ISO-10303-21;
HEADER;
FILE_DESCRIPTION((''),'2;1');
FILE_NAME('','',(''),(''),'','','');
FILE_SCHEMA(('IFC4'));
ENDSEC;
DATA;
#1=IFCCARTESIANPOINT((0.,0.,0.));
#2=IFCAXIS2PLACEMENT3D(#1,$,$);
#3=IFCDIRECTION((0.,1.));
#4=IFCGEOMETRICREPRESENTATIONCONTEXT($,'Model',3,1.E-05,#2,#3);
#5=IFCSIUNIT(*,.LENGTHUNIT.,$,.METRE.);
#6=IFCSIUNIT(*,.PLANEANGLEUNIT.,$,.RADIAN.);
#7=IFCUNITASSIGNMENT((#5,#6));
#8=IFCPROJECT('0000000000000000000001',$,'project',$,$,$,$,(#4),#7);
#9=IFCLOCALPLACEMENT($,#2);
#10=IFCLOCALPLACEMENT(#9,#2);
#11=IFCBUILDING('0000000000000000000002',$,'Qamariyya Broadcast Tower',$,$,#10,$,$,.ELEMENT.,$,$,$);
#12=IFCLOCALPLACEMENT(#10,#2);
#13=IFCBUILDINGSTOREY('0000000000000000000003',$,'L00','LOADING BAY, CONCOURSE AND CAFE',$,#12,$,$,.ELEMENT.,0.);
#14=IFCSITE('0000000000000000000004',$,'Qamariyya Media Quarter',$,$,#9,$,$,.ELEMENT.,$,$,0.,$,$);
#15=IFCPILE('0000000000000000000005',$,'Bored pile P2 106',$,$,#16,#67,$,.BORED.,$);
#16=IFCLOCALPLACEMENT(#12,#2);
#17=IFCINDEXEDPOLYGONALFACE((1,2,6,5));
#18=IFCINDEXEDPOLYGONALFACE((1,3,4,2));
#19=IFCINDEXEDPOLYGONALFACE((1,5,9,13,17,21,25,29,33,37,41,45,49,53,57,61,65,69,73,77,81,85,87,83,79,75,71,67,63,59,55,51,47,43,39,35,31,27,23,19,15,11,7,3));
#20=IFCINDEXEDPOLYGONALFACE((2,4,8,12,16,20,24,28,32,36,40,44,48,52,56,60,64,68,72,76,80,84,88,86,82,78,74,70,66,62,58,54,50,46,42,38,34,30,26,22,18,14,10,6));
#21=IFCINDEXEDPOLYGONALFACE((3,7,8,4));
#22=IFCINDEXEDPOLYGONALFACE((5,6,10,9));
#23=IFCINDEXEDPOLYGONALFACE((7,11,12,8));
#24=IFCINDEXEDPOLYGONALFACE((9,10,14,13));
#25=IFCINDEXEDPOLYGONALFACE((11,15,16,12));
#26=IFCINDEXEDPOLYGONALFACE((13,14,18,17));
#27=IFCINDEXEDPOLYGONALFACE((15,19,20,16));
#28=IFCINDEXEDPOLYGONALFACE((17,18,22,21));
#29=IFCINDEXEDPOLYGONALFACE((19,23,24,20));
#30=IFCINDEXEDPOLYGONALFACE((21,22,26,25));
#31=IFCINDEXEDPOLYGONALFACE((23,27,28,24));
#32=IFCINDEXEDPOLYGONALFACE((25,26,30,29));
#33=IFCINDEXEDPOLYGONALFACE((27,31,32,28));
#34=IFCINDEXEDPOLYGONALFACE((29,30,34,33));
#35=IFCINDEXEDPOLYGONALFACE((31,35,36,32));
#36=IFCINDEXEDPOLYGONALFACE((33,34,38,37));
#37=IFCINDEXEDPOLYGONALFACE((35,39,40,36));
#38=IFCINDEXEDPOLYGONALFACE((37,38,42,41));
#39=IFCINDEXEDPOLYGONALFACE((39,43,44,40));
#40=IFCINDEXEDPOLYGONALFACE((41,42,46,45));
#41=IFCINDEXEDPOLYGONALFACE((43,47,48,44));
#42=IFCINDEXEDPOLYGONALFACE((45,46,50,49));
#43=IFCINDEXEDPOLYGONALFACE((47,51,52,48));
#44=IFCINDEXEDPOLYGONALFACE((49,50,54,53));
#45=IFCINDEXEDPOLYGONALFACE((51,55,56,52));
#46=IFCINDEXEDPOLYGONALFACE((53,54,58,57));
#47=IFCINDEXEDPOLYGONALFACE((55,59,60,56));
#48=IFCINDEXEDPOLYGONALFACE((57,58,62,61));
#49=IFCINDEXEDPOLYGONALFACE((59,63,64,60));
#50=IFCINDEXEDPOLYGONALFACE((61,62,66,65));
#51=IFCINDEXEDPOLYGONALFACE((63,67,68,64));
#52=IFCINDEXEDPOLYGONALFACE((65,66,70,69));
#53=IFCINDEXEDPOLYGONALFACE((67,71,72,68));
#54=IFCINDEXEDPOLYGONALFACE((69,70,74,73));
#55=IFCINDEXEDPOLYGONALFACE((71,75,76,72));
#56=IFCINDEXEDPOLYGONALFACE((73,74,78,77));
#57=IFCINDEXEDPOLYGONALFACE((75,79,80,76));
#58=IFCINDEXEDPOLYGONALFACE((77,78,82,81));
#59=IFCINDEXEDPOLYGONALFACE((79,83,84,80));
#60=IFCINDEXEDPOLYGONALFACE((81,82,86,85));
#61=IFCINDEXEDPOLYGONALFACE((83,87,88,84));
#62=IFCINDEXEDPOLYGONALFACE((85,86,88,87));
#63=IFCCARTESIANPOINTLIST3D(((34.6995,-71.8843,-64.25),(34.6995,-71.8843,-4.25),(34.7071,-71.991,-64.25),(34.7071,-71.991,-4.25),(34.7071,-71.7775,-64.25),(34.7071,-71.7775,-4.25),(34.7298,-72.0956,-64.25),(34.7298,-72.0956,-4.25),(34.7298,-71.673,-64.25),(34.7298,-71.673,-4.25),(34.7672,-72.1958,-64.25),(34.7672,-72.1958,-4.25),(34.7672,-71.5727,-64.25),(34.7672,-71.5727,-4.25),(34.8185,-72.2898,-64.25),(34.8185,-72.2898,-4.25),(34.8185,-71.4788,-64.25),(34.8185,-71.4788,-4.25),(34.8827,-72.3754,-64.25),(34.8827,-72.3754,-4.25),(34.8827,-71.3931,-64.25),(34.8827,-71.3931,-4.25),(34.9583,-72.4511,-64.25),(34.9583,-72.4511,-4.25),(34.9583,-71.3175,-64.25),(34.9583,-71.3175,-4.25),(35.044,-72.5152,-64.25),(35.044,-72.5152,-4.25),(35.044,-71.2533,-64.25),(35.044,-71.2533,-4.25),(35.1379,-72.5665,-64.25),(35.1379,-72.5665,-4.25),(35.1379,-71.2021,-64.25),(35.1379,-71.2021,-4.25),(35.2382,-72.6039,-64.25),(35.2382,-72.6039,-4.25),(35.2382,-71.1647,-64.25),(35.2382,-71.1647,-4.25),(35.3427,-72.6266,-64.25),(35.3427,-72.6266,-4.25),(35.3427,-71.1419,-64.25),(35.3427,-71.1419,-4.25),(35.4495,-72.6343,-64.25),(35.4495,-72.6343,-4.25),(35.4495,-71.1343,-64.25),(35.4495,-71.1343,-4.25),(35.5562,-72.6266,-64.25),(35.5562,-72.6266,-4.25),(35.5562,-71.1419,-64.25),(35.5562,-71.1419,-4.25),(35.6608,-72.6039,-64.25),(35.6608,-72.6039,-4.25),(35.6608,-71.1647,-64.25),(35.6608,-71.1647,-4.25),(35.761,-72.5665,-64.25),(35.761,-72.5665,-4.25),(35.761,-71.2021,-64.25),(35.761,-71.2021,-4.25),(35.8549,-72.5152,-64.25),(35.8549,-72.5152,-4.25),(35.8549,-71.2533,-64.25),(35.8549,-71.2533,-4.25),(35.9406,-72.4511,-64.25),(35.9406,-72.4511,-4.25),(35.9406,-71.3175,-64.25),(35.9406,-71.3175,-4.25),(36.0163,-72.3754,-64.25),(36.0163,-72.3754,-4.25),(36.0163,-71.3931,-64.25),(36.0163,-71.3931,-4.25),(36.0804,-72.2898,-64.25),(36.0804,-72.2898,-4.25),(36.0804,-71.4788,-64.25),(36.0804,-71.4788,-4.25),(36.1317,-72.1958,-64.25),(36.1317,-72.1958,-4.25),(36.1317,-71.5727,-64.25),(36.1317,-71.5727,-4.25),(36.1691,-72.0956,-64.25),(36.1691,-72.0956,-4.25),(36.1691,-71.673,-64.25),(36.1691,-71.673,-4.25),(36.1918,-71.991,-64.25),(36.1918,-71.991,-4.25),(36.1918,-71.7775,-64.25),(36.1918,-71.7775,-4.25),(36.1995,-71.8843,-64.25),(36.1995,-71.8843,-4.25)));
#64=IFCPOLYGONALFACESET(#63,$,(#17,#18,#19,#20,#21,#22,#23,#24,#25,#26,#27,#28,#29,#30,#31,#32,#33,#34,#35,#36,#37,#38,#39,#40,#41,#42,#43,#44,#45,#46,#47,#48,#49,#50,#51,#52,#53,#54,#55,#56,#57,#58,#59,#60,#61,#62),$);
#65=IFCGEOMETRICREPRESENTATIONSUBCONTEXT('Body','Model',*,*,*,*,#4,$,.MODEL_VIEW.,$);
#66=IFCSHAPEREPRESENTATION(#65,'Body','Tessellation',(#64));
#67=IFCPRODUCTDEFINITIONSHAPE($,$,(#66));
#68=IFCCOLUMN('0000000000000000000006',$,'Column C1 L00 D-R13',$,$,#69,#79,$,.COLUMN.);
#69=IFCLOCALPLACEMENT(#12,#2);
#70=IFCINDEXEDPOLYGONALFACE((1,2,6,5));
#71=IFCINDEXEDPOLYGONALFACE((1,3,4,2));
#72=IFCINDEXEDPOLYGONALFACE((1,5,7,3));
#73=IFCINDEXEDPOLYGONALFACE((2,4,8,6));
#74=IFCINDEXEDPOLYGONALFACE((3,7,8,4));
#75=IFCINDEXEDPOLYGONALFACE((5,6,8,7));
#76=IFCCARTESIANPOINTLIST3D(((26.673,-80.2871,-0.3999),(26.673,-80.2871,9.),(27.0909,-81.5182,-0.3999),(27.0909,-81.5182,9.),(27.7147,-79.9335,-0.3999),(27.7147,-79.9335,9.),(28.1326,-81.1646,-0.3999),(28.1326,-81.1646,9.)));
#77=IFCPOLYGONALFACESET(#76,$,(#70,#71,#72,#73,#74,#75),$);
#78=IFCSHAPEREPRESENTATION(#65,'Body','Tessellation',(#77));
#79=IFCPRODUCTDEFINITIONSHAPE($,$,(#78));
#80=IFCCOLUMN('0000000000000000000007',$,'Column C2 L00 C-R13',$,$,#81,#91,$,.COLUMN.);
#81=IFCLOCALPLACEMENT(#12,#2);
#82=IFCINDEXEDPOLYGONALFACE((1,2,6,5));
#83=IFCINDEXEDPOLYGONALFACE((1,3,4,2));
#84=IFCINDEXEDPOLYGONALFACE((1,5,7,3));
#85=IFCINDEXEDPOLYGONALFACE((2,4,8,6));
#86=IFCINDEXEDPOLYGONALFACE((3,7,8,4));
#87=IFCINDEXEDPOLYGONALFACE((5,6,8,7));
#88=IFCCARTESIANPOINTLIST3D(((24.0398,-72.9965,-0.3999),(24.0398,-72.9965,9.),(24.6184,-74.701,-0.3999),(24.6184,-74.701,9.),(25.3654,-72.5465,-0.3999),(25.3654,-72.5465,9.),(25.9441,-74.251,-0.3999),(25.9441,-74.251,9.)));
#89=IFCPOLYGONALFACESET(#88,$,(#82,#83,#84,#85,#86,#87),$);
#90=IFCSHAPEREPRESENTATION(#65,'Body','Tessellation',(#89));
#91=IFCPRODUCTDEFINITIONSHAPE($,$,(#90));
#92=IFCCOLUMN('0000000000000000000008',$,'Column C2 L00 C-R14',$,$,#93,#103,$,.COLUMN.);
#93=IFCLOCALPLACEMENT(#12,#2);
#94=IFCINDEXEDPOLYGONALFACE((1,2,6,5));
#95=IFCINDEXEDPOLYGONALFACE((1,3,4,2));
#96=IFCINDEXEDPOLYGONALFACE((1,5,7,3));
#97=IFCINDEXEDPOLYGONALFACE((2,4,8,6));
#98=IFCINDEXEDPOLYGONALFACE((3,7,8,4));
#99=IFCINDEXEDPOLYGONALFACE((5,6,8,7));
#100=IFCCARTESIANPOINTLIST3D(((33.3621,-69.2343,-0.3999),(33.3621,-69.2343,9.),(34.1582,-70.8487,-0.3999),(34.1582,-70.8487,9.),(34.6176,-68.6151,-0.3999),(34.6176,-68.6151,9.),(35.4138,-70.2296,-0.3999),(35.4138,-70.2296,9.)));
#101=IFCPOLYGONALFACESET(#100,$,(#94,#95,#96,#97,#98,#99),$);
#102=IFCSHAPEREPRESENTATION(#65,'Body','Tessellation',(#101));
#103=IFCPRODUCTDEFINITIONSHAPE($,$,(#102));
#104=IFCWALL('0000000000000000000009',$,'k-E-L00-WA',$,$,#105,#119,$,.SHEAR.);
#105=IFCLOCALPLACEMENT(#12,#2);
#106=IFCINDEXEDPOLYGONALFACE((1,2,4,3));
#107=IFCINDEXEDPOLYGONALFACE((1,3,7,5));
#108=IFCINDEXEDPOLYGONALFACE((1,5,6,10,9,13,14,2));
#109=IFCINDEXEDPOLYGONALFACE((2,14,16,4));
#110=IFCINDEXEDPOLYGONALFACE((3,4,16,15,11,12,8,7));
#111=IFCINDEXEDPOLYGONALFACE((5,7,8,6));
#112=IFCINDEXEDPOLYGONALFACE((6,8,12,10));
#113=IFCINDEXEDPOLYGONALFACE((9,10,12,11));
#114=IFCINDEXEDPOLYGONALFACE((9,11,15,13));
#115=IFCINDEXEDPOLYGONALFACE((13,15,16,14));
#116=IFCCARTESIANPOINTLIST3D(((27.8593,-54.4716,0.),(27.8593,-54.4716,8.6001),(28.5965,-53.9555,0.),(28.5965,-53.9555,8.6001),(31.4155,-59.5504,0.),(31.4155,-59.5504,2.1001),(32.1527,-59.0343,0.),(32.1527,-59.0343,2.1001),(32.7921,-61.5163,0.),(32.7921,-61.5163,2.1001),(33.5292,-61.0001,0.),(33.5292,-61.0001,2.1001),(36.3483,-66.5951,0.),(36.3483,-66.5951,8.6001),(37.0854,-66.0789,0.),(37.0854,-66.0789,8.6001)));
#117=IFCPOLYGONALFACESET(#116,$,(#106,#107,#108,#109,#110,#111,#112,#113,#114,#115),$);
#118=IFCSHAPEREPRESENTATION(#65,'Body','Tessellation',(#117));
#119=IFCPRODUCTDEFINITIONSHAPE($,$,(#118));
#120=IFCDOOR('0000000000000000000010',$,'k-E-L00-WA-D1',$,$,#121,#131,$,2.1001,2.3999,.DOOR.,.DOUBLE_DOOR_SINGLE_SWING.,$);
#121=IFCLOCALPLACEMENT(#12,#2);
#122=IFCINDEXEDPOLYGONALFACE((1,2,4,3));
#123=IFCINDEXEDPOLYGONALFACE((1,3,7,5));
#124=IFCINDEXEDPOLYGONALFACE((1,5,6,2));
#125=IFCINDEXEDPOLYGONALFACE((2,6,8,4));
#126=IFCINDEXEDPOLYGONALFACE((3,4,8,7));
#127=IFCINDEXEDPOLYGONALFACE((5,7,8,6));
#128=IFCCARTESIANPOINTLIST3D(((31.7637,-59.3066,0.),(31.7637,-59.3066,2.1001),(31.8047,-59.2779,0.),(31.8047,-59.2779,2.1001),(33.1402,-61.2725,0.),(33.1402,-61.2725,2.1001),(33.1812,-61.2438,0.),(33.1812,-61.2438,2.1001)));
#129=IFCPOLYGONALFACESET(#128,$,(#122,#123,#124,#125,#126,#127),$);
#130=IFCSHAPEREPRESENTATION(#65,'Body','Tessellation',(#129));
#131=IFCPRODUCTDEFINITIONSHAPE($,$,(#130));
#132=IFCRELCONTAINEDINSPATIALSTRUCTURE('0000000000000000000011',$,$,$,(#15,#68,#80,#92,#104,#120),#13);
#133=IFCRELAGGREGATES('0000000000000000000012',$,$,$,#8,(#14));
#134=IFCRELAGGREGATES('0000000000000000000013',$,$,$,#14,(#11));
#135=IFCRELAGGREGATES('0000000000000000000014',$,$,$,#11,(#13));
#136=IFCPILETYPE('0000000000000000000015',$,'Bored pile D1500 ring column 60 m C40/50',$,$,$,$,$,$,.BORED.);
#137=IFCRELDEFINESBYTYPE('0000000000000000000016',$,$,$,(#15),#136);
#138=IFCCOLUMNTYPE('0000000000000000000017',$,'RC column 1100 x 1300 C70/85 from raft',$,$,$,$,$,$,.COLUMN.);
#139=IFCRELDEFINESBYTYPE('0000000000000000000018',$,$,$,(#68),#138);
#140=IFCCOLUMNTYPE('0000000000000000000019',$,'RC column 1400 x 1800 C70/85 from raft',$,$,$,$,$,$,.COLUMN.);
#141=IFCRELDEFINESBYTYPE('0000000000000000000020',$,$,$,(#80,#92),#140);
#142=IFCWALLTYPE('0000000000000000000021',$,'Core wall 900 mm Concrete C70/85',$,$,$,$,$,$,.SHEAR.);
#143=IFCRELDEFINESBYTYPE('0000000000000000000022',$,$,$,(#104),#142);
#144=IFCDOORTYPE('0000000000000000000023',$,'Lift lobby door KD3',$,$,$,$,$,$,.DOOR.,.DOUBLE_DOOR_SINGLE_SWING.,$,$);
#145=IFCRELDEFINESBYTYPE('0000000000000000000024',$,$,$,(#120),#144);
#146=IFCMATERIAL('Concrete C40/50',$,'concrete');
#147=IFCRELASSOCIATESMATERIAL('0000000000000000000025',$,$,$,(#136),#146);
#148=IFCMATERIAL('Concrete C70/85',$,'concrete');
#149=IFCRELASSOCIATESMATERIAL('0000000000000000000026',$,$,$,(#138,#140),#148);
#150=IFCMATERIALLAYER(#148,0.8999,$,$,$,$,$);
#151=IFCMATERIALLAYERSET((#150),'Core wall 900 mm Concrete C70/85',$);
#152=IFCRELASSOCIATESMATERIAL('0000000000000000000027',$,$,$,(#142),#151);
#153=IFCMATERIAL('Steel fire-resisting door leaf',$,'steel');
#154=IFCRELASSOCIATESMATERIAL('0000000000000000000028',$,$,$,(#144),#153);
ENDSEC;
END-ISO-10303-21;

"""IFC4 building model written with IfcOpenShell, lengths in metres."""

from ifc_helpers import new_model, si_unit, direction, frame, frame_2d, origin, origin_2d, place, context, subcontext, project, spatial, rectangle, circle, extrude, material, layer, layer_set, material_profile, profile_set, type_object, element, fill, save


model = new_model("IFC4")

# Units and contexts
model_context = context("Model", 3, precision=1e-05, world=origin(), true_north=direction((0.0, 1.0)))
body_context = subcontext(model_context, "Body", "Model", "MODEL_VIEW")
ifc_project = project(units=[si_unit("LENGTHUNIT", "METRE"), si_unit("PLANEANGLEUNIT", "RADIAN")], contexts=[model_context])

# Site, building, storey
site_placement = place(None, origin())
site = spatial("IfcSite", under=ifc_project, at=site_placement, Name="Qamariyya Media Quarter", CompositionType="ELEMENT", RefElevation=0.0)
building_placement = place(site_placement, origin())
building = spatial("IfcBuilding", under=site, at=building_placement, Name="Qamariyya Broadcast Tower", CompositionType="ELEMENT")
storey_placement = place(building_placement, origin())
storey = spatial("IfcBuildingStorey", under=building, at=storey_placement, Name="L00", Description="LOADING BAY, CONCOURSE AND CAFE", CompositionType="ELEMENT", Elevation=0.0)

# Pile
ifc_material_1 = material(Name="Concrete C40/50", Category="concrete")
ifc_material_profile_1 = material_profile(ifc_material_1, circle(Radius=0.75, at=origin_2d()))
ifc_profile_set_1 = profile_set([ifc_material_profile_1], Name="Concrete C40/50")
pile_type_1 = type_object("IfcPileType", Name="Bored pile D1500 ring column 60 m C40/50", PredefinedType="BORED", material=ifc_profile_set_1)
for number, where, z_axis, x_axis, name in (
    (1, (35.4495, -71.8843, -4.25), (0.0, 0.0, -1.0), (1.0, 0.0, 0.0), "Bored pile P2 106"),
):
    element("IfcPile", number, at=place(storey_placement, frame(where, z_axis=z_axis, x_axis=x_axis)), inside=storey, type_object=pile_type_1, Name=name, PredefinedType="BORED", context=body_context, shape_type="SweptSolid", body=[
        extrude(circle(Radius=0.75, at=origin_2d()), origin(), (0.0, 0.0, 1.0), 60.0),
    ])

# Columns
ifc_material_2 = material(Name="Concrete C70/85", Category="concrete")
ifc_material_profile_2 = material_profile(ifc_material_2, rectangle(XDim=1.1001, YDim=1.3, at=origin_2d()))
ifc_profile_set_2 = profile_set([ifc_material_profile_2], Name="Concrete C70/85")
column_type_1 = type_object("IfcColumnType", Name="RC column 1100 x 1300 C70/85 from raft", PredefinedType="COLUMN", material=ifc_profile_set_2)
column_placement = place(storey_placement, frame((27.4028, -80.7258, -0.3999), z_axis=(0.0, 0.0, 1.0), x_axis=(0.94693, 0.321439, 0.0)))
element("IfcColumn", 2, at=column_placement, inside=storey, type_object=column_type_1, Name="Column C1 L00 D-R13", PredefinedType="COLUMN", context=body_context, shape_type="SweptSolid", body=[
    extrude(rectangle(XDim=1.1001, YDim=1.3, at=origin_2d()), origin(), (0.0, 0.0, 1.0), 9.3999),
])
ifc_material_profile_3 = material_profile(ifc_material_2, rectangle(XDim=1.3999, YDim=1.8, at=origin_2d()))
ifc_profile_set_3 = profile_set([ifc_material_profile_3], Name="Concrete C70/85")
column_type_2 = type_object("IfcColumnType", Name="RC column 1400 x 1800 C70/85 from raft", PredefinedType="COLUMN", material=ifc_profile_set_3)
for number, where, z_axis, x_axis, name in (
    (3, (24.9919, -73.6238, -0.3999), (0.0, 0.0, 1.0), (0.94693, 0.321439, 0.0), "Column C2 L00 C-R13"),
    (4, (34.3879, -69.7319, -0.3999), (0.0, 0.0, 1.0), (0.896873, 0.442289, 0.0), "Column C2 L00 C-R14"),
):
    element("IfcColumn", number, at=place(storey_placement, frame(where, z_axis=z_axis, x_axis=x_axis)), inside=storey, type_object=column_type_2, Name=name, PredefinedType="COLUMN", context=body_context, shape_type="SweptSolid", body=[
        extrude(rectangle(XDim=1.3999, YDim=1.8, at=origin_2d()), origin(), (0.0, 0.0, 1.0), 9.3999),
    ])

# Wall, opening, door
ifc_layer_1 = layer(ifc_material_2, 0.8999)
ifc_layer_set_1 = layer_set([ifc_layer_1], Name="Core wall 900 mm Concrete C70/85")
wall_type_1 = type_object("IfcWallType", Name="Core wall 900 mm Concrete C70/85", PredefinedType="SHEAR", material=ifc_layer_set_1)
wall_1_placement = place(storey_placement, frame((36.7168, -66.3369, 0.0), z_axis=(0.0, 0.0, 1.0), x_axis=(-0.573577, 0.819151, 0.0)))
wall_1 = element("IfcWall", 5, at=wall_1_placement, inside=storey, type_object=wall_type_1, Name="k-E-L00-WA", PredefinedType="SHEAR", context=body_context, shape_type="SweptSolid", body=[
    extrude(rectangle(XDim=14.8, YDim=0.8999, at=frame_2d((7.3999, 0.0))), origin(), (0.0, 0.0, 1.0), 8.6001),
])
opening_1_placement = place(wall_1_placement, frame((6.2, 0.0, 0.0)))
opening_1 = element("IfcOpeningElement", 6, at=opening_1_placement, cuts=wall_1, PredefinedType="OPENING", context=body_context, shape_type="SweptSolid", body=[
    extrude(rectangle(XDim=2.3999, YDim=2.1001, at=frame_2d((1.2, 1.05))), frame((0.0, 0.46, 0.0), z_axis=(0.0, -1.0, 0.0), x_axis=(1.0, 0.0, 0.0)), (0.0, 0.0, 1.0), 0.9199),
])
ifc_material_3 = material(Name="Steel fire-resisting door leaf", Category="steel")
door_type_1 = type_object("IfcDoorType", Name="Lift lobby door KD3", OperationType="DOUBLE_DOOR_SINGLE_SWING", PredefinedType="DOOR", material=ifc_material_3)
door_1_placement = place(opening_1_placement, origin())
door_1 = element("IfcDoor", 7, at=door_1_placement, inside=storey, type_object=door_type_1, Name="k-E-L00-WA-D1", OperationType="DOUBLE_DOOR_SINGLE_SWING", OverallHeight=2.1001, OverallWidth=2.3999, PredefinedType="DOOR", context=body_context, shape_type="SweptSolid", body=[
    extrude(rectangle(XDim=2.3999, YDim=2.1001, at=frame_2d((1.2, 1.05))), frame((0.0, 0.0249, 0.0), z_axis=(0.0, -1.0, 0.0), x_axis=(1.0, 0.0, 0.0)), (0.0, 0.0, 1.0), 0.05),
])
fill(opening_1, door_1)

save(model, "model.ifc")
